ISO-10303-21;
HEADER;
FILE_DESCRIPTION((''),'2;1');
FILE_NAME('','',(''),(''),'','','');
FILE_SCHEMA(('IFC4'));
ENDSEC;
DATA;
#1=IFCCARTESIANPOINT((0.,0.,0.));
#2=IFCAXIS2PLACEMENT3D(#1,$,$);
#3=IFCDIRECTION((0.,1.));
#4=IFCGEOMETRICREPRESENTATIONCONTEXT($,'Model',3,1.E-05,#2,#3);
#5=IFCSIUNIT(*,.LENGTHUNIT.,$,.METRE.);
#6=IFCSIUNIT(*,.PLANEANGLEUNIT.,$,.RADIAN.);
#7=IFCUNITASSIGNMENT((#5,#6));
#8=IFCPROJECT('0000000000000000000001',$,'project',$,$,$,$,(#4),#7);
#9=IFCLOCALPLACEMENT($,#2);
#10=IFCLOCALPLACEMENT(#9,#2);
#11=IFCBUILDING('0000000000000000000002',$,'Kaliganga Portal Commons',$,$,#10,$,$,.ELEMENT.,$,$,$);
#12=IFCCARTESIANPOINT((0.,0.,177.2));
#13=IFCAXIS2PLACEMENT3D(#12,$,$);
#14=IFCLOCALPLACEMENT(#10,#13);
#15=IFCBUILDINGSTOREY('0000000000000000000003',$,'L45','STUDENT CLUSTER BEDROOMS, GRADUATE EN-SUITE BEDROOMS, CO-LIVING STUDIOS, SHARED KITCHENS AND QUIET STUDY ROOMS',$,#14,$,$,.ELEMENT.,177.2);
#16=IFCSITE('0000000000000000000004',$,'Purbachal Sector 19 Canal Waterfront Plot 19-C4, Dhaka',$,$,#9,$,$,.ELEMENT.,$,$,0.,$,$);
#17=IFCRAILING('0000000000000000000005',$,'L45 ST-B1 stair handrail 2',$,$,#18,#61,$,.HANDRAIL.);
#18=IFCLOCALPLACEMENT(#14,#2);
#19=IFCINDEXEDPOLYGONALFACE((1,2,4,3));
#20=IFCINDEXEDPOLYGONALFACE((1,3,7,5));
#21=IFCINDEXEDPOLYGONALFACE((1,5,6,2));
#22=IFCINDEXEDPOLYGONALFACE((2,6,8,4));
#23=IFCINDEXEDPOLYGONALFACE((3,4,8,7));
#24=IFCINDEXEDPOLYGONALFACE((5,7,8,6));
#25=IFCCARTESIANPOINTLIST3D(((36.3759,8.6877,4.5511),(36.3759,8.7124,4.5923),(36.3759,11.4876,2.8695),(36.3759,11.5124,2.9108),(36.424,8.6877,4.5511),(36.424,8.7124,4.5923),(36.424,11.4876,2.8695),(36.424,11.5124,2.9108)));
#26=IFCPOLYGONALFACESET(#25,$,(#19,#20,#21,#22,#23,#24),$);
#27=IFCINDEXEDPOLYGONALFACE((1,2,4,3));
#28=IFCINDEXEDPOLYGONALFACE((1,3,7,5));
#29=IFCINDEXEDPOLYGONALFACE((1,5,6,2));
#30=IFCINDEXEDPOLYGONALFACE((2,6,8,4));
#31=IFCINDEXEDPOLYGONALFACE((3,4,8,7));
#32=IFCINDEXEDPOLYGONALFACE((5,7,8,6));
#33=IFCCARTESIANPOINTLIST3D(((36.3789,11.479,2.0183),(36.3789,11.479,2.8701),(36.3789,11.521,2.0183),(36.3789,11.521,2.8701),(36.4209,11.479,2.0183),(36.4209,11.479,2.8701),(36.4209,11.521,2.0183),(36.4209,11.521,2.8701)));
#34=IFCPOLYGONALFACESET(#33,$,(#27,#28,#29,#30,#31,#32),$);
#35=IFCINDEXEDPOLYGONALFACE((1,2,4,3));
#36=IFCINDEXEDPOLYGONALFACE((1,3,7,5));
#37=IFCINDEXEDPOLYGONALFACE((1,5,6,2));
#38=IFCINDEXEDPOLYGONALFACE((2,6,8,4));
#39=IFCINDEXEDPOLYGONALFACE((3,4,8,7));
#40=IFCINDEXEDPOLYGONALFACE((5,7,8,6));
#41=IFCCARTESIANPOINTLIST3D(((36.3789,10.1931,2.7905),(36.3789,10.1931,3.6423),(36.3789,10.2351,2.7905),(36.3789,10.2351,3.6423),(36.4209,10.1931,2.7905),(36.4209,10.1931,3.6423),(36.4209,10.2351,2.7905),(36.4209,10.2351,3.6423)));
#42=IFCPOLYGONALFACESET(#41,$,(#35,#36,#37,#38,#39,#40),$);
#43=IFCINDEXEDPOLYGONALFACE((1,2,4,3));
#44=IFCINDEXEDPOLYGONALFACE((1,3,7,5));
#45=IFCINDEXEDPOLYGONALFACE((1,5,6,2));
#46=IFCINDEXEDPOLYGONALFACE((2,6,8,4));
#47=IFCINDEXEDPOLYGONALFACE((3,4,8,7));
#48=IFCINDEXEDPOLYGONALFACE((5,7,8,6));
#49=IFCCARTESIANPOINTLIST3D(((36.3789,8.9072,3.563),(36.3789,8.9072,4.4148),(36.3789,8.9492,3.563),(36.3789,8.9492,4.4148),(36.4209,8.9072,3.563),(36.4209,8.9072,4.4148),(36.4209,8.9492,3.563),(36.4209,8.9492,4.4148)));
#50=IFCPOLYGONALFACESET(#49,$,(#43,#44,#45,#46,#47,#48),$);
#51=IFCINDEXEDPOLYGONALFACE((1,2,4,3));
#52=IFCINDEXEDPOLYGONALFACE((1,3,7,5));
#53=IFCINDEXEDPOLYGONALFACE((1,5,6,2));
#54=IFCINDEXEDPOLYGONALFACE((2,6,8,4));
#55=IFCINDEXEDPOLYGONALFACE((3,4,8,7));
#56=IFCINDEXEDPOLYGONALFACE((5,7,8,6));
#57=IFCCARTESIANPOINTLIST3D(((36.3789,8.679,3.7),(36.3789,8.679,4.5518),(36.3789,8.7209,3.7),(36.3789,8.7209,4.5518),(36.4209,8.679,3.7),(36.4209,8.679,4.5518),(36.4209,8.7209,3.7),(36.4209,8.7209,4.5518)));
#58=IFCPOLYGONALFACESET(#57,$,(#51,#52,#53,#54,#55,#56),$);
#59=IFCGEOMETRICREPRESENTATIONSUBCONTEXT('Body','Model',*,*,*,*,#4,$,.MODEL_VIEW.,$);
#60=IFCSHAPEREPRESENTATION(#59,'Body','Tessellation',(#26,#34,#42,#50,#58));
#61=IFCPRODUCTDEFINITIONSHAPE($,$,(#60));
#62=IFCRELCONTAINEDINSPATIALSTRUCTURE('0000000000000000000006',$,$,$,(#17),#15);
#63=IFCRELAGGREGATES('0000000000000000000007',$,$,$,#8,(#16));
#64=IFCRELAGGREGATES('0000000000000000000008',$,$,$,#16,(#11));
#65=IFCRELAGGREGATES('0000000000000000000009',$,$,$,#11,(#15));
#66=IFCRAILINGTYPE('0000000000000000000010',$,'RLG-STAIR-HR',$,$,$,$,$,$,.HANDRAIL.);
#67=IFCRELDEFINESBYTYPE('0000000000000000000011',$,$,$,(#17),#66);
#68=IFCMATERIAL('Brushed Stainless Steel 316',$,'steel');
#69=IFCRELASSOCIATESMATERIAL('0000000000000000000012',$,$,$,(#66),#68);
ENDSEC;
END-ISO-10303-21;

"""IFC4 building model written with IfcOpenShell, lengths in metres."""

from ifc_helpers import new_model, si_unit, direction, frame, origin, origin_2d, place, context, subcontext, project, spatial, rectangle, extrude, material, type_object, element, save


model = new_model("IFC4")

# Units and contexts
model_context = context("Model", 3, precision=1e-05, world=origin(), true_north=direction((0.0, 1.0)))
body_context = subcontext(model_context, "Body", "Model", "MODEL_VIEW")
ifc_project = project(units=[si_unit("LENGTHUNIT", "METRE"), si_unit("PLANEANGLEUNIT", "RADIAN")], contexts=[model_context])

# Site, building, storey
site_placement = place(None, origin())
site = spatial("IfcSite", under=ifc_project, at=site_placement, Name="Purbachal Sector 19 Canal Waterfront Plot 19-C4, Dhaka", CompositionType="ELEMENT", RefElevation=0.0)
building_placement = place(site_placement, origin())
building = spatial("IfcBuilding", under=site, at=building_placement, Name="Kaliganga Portal Commons", CompositionType="ELEMENT")
storey_placement = place(building_placement, frame((0.0, 0.0, 177.2)))
storey = spatial("IfcBuildingStorey", under=building, at=storey_placement, Name="L45", Description="STUDENT CLUSTER BEDROOMS, GRADUATE EN-SUITE BEDROOMS, CO-LIVING STUDIOS, SHARED KITCHENS AND QUIET STUDY ROOMS", CompositionType="ELEMENT", Elevation=177.2)

# Railing
ifc_material_1 = material(Name="Brushed Stainless Steel 316", Category="steel")
railing_type_1 = type_object("IfcRailingType", Name="RLG-STAIR-HR", PredefinedType="HANDRAIL", material=ifc_material_1)
railing_1_placement = place(storey_placement, frame((36.3999, 11.5, 2.0183)))
element("IfcRailing", 1, at=railing_1_placement, inside=storey, type_object=railing_type_1, Name="L45 ST-B1 stair handrail 2", PredefinedType="HANDRAIL", context=body_context, shape_type="SweptSolid", body=[
    extrude(rectangle(XDim=0.0481, YDim=0.0481, at=origin_2d()), frame((0.0, 0.0, 0.8718), z_axis=(0.0, -0.857275, 0.514858), x_axis=(1.0, 0.0, 0.0)), (0.0, 0.0, 1.0), 3.2661),
    extrude(rectangle(XDim=0.042, YDim=0.042, at=origin_2d()), origin(), (0.0, 0.0, 1.0), 0.8518),
    extrude(rectangle(XDim=0.042, YDim=0.042, at=origin_2d()), frame((0.0, -1.2859, 0.7722)), (0.0, 0.0, 1.0), 0.8518),
    extrude(rectangle(XDim=0.042, YDim=0.042, at=origin_2d()), frame((0.0, -2.5718, 1.5447)), (0.0, 0.0, 1.0), 0.8518),
    extrude(rectangle(XDim=0.042, YDim=0.042, at=origin_2d()), frame((0.0, -2.8, 1.6816)), (0.0, 0.0, 1.0), 0.8518),
])

save(model, "model.ifc")
